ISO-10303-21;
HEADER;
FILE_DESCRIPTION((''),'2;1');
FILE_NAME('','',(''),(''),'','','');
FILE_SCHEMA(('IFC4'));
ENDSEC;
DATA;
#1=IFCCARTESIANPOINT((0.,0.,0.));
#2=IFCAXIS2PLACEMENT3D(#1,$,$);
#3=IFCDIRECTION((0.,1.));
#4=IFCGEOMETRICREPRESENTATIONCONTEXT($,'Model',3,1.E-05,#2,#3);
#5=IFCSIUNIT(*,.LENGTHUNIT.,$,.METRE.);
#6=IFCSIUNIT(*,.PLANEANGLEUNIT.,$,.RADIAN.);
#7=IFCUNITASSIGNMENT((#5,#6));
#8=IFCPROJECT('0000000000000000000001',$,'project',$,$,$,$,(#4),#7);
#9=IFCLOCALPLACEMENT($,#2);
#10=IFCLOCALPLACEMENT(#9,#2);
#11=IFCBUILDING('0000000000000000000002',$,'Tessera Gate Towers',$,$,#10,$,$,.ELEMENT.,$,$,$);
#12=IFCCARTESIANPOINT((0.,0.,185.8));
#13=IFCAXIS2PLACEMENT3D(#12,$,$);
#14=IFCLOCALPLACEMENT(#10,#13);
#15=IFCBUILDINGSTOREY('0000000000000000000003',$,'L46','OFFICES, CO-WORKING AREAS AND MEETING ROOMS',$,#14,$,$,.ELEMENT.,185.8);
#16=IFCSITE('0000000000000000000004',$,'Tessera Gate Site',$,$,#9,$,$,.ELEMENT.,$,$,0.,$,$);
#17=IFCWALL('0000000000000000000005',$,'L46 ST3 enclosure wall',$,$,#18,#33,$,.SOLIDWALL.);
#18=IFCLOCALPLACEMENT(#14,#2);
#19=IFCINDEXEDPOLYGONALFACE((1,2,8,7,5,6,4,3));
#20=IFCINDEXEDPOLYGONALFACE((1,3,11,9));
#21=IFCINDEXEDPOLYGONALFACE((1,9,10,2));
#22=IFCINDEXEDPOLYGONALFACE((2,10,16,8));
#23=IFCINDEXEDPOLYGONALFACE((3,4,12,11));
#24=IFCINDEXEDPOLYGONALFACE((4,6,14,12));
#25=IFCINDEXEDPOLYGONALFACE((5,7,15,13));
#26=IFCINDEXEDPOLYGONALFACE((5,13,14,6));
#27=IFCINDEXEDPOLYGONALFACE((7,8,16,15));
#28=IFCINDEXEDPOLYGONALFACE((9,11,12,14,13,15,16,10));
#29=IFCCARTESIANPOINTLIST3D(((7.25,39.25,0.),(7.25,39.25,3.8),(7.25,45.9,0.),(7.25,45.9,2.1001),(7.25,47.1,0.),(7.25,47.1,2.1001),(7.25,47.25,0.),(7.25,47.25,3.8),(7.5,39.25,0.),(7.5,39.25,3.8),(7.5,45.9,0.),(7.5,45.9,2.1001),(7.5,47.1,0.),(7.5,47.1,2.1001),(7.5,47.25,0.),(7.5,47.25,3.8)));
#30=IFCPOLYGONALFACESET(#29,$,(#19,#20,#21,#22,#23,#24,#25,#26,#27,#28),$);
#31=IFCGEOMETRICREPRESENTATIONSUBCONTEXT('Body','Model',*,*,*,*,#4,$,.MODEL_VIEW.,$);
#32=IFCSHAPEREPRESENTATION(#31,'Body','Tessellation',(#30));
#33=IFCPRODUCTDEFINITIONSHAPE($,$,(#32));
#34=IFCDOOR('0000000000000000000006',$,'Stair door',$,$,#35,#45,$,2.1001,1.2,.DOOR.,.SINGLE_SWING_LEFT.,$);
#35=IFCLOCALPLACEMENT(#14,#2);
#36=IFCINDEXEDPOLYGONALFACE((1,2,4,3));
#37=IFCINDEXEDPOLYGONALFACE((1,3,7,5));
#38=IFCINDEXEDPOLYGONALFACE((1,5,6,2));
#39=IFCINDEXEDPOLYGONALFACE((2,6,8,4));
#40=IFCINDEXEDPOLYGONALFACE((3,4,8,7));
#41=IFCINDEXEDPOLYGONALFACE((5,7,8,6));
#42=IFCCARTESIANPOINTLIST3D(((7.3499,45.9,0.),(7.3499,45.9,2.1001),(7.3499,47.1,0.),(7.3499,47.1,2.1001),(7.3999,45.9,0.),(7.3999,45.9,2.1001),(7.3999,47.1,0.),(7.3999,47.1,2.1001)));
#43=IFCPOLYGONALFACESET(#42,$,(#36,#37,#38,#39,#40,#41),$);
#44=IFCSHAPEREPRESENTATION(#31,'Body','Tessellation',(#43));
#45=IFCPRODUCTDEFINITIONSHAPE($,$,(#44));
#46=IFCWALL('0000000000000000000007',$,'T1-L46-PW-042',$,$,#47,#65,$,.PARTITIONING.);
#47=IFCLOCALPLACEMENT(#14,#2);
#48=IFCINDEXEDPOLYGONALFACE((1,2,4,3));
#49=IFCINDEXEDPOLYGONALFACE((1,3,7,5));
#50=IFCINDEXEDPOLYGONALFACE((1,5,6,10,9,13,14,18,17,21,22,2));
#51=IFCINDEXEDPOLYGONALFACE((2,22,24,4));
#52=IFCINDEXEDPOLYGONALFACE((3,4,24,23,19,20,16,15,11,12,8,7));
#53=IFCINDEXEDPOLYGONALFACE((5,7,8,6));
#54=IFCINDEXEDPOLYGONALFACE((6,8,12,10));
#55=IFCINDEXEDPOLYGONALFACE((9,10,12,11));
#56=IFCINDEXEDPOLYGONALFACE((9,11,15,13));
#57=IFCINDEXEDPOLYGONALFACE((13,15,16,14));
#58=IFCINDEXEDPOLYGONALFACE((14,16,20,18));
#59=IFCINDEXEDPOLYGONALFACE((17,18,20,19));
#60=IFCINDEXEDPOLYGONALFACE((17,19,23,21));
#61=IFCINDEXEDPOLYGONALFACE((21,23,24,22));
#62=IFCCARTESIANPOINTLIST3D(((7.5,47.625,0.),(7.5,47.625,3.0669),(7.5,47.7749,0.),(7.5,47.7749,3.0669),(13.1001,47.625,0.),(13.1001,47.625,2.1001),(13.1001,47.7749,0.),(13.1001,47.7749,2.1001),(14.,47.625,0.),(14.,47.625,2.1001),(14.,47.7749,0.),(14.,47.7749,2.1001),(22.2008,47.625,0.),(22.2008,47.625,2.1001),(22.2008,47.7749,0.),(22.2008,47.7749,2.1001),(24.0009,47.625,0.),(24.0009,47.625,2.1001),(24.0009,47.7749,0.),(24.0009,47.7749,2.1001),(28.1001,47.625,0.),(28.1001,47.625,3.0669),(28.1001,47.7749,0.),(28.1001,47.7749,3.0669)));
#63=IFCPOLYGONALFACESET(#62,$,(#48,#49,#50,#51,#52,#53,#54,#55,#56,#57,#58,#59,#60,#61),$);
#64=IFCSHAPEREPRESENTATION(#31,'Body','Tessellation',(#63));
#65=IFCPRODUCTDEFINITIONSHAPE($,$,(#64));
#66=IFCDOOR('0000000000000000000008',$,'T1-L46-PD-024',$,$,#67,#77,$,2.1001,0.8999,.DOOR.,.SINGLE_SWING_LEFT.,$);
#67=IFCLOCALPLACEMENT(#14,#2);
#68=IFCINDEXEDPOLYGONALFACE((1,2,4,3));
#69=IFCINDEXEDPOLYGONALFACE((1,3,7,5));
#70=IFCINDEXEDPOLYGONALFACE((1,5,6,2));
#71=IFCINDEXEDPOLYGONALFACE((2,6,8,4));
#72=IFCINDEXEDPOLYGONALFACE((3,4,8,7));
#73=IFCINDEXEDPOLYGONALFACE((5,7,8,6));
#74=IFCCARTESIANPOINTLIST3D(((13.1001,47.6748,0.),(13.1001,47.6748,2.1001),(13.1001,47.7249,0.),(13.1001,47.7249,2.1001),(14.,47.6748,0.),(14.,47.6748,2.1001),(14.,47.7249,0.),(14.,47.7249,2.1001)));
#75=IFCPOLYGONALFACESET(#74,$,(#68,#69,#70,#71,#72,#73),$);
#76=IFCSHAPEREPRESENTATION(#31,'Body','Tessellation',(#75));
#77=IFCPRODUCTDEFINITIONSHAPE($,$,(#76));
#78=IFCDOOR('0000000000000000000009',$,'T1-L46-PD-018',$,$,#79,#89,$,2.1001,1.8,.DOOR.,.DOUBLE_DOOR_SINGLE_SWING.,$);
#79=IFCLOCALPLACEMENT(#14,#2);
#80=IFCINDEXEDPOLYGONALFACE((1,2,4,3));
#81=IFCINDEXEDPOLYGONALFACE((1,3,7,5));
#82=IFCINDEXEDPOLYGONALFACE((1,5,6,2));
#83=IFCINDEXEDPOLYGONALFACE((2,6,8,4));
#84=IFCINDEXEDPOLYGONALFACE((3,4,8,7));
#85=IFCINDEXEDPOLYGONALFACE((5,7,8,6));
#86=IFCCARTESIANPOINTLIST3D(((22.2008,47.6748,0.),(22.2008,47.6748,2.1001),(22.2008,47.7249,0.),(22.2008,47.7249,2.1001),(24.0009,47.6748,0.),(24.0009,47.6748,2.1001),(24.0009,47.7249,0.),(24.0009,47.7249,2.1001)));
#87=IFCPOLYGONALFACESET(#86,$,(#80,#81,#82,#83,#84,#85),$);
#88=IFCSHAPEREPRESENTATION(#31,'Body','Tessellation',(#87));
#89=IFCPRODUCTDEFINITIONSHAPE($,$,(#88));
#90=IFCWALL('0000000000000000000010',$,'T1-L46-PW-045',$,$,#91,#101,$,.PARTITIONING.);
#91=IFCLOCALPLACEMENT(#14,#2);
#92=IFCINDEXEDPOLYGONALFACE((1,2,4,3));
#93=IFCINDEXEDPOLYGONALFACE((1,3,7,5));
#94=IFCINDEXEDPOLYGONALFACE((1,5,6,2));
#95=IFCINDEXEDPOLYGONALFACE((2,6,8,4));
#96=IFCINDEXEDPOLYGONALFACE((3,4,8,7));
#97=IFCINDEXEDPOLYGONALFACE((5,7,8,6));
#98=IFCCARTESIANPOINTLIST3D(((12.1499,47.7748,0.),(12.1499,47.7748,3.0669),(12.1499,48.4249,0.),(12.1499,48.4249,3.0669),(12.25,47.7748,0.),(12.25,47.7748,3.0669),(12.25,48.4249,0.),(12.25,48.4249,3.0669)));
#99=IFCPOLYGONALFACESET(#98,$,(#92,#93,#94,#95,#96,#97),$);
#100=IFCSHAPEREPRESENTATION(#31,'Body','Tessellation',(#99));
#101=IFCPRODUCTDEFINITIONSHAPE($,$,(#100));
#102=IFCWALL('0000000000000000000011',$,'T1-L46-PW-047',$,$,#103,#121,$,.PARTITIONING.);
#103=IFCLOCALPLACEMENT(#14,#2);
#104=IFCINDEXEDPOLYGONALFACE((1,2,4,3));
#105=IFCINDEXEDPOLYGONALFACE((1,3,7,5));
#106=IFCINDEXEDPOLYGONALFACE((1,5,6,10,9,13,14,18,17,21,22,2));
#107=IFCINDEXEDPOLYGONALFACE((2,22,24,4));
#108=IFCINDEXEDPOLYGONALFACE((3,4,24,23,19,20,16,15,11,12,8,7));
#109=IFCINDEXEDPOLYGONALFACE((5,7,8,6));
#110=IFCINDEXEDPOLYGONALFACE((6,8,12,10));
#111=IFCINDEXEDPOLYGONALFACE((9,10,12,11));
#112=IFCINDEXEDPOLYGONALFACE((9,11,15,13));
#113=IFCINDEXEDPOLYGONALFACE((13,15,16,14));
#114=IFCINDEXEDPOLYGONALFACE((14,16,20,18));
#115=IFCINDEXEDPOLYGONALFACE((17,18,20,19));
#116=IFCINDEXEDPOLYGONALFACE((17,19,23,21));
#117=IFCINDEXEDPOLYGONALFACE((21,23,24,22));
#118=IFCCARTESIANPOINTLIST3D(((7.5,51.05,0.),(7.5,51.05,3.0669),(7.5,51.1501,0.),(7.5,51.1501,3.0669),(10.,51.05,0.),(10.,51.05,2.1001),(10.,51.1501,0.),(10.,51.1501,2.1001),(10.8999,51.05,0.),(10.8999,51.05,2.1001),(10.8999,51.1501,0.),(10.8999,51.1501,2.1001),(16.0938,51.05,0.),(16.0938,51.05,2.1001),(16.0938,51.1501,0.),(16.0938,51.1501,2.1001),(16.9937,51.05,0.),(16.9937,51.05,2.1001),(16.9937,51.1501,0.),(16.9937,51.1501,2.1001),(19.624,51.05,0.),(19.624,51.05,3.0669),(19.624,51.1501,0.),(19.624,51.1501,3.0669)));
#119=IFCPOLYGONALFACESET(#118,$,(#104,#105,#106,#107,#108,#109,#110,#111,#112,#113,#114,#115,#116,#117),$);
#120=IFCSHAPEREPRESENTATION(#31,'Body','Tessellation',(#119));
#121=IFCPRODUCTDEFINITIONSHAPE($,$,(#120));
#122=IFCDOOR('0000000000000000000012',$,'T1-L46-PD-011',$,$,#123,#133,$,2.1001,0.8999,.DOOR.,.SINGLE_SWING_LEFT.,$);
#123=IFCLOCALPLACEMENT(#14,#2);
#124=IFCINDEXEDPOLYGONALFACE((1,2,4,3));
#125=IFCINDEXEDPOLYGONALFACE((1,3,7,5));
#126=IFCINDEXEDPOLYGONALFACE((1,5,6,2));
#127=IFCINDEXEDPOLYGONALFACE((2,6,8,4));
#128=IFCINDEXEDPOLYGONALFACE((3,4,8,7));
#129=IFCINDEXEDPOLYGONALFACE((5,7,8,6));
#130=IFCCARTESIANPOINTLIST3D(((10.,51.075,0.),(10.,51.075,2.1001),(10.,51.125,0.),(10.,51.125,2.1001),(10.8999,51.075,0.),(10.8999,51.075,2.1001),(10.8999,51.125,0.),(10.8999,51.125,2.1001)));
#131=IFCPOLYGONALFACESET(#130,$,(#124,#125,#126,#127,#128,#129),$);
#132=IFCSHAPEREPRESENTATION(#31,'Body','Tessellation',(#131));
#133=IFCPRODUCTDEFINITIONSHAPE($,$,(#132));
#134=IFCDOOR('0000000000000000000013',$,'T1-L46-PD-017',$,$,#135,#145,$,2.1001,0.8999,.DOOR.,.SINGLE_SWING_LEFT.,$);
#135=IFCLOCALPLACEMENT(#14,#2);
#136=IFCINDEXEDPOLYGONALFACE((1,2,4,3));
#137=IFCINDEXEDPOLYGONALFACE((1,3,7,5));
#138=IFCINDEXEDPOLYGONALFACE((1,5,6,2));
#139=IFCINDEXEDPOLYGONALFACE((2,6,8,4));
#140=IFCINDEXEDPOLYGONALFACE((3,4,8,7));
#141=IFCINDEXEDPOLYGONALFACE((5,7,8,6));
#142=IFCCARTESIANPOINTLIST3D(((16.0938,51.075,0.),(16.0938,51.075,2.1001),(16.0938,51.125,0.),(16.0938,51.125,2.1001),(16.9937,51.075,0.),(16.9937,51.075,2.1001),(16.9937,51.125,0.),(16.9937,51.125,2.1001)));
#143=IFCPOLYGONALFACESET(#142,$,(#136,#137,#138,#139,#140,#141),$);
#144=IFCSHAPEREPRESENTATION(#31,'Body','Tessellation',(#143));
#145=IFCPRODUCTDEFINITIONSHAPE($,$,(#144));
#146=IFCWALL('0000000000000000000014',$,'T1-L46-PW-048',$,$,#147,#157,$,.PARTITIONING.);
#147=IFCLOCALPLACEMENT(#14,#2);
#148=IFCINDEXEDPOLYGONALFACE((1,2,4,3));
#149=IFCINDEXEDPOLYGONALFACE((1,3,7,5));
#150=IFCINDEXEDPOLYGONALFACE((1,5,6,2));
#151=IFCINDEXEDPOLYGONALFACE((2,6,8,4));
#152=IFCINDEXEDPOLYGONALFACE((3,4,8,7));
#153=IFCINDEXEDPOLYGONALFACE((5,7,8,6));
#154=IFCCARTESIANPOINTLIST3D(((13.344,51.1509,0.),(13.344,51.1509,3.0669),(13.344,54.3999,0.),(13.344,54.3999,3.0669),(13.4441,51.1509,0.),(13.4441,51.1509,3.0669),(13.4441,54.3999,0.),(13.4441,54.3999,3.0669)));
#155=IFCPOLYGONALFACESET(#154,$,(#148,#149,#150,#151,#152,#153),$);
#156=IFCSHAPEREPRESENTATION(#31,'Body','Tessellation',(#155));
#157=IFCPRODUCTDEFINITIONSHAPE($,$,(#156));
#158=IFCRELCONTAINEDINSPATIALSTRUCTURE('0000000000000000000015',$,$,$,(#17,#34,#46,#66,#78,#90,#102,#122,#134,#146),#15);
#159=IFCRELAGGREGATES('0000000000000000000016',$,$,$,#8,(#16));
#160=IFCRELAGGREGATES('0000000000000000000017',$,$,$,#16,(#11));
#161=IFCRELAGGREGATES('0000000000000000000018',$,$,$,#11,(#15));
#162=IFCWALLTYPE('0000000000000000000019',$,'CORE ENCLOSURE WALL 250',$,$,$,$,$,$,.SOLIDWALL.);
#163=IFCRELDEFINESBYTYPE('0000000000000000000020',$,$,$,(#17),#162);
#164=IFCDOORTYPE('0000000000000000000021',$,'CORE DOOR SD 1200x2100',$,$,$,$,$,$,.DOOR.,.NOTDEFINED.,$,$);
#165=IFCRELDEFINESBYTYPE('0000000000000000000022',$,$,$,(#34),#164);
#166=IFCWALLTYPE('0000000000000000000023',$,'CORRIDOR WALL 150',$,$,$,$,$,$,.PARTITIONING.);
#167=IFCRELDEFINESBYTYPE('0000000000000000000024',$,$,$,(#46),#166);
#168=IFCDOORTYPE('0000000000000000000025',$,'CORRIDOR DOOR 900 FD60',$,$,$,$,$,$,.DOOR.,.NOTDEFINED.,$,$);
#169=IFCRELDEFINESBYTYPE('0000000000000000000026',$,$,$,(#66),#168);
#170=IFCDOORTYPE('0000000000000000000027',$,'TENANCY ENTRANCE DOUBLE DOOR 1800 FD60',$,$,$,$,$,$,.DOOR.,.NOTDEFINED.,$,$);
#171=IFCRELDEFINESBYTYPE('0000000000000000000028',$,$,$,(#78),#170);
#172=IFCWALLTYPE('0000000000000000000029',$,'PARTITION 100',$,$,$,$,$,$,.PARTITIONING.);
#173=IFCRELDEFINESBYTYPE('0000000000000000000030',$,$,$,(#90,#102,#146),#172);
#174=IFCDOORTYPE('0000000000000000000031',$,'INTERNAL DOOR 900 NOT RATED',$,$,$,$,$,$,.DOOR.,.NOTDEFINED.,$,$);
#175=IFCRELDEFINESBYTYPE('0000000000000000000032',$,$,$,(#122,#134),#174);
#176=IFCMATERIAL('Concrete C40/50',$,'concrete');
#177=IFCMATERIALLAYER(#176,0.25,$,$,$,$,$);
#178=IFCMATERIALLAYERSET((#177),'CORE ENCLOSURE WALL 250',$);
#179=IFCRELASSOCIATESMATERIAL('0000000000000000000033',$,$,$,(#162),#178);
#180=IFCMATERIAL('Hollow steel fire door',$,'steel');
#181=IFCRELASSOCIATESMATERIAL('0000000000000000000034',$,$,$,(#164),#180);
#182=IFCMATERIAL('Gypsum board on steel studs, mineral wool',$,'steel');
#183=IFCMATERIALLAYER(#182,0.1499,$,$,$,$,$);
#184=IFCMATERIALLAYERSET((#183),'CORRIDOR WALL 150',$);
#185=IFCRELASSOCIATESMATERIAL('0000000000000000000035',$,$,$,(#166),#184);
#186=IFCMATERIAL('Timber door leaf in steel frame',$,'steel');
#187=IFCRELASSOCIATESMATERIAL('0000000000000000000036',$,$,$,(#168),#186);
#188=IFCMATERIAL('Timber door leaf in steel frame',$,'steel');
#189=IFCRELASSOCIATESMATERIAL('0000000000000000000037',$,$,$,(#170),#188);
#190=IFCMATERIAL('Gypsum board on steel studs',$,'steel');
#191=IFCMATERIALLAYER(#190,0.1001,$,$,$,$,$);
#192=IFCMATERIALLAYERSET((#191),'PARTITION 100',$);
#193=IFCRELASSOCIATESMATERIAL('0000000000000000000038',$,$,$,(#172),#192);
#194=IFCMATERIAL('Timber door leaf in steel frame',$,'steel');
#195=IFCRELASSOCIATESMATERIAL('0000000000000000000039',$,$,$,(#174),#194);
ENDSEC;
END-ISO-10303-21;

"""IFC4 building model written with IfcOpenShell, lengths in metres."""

from ifc_helpers import new_model, si_unit, direction, frame, frame_2d, origin, place, context, subcontext, project, spatial, rectangle, extrude, source, transform, mapped, material, layer, layer_set, type_object, element, fill, save


model = new_model("IFC4")

# Units and contexts
model_context = context("Model", 3, precision=1e-05, world=origin(), true_north=direction((0.0, 1.0)))
body_context = subcontext(model_context, "Body", "Model", "MODEL_VIEW")
ifc_project = project(units=[si_unit("LENGTHUNIT", "METRE"), si_unit("PLANEANGLEUNIT", "RADIAN")], contexts=[model_context])

# Site, building, storey
site_placement = place(None, origin())
site = spatial("IfcSite", under=ifc_project, at=site_placement, Name="Tessera Gate Site", CompositionType="ELEMENT", RefElevation=0.0)
building_placement = place(site_placement, origin())
building = spatial("IfcBuilding", under=site, at=building_placement, Name="Tessera Gate Towers", CompositionType="ELEMENT")
storey_placement = place(building_placement, frame((0.0, 0.0, 185.8)))
storey = spatial("IfcBuildingStorey", under=building, at=storey_placement, Name="L46", Description="OFFICES, CO-WORKING AREAS AND MEETING ROOMS", CompositionType="ELEMENT", Elevation=185.8)

# Shared definitions
ifc_material_1 = material(Name="Concrete C40/50", Category="concrete")
ifc_layer_1 = layer(ifc_material_1, 0.25)
ifc_layer_set_1 = layer_set([ifc_layer_1], Name="CORE ENCLOSURE WALL 250")
wall_type_1 = type_object("IfcWallType", Name="CORE ENCLOSURE WALL 250", PredefinedType="SOLIDWALL", material=ifc_layer_set_1)

# Wall, opening, door
wall_1_placement = place(storey_placement, frame((7.375, 47.25, 0.0), z_axis=(0.0, 0.0, 1.0), x_axis=(0.0, -1.0, 0.0)))
wall_1 = element("IfcWall", 1, at=wall_1_placement, inside=storey, type_object=wall_type_1, Name="L46 ST3 enclosure wall", PredefinedType="SOLIDWALL", context=body_context, shape_type="SweptSolid", body=[
    extrude(rectangle(XDim=8.0, YDim=0.25, at=frame_2d((4.0, 0.0))), origin(), (0.0, 0.0, 1.0), 3.8),
])
shared_shape_1 = source(origin(), body_context, "Body", "SweptSolid", [
    extrude(rectangle(XDim=1.2, YDim=2.1001, at=frame_2d((0.6001, 1.05))), frame((0.0, 0.135, 0.0), z_axis=(0.0, -1.0, 0.0), x_axis=(1.0, 0.0, 0.0)), (0.0, 0.0, 1.0), 0.27),
])
opening_1_placement = place(wall_1_placement, frame((0.1499, 0.0, 0.0)))
opening_1 = element("IfcOpeningElement", 2, at=opening_1_placement, cuts=wall_1, PredefinedType="OPENING", context=body_context, shape_type="MappedRepresentation", body=[
    mapped(shared_shape_1, transform((0.0, 0.0, 0.0), scale=1.0)),
])
ifc_material_2 = material(Name="Hollow steel fire door", Category="steel")
door_type_1 = type_object("IfcDoorType", Name="CORE DOOR SD 1200x2100", OperationType="NOTDEFINED", PredefinedType="DOOR", material=ifc_material_2)
shared_shape_2 = source(origin(), body_context, "Body", "SweptSolid", [
    extrude(rectangle(XDim=1.2, YDim=2.1001, at=frame_2d((0.6001, 1.05))), frame((0.0, 0.0249, 0.0), z_axis=(0.0, -1.0, 0.0), x_axis=(1.0, 0.0, 0.0)), (0.0, 0.0, 1.0), 0.05),
])
door_1_placement = place(opening_1_placement, origin())
door_1 = element("IfcDoor", 3, at=door_1_placement, inside=storey, type_object=door_type_1, Name="Stair door", OperationType="SINGLE_SWING_LEFT", OverallHeight=2.1001, OverallWidth=1.2, PredefinedType="DOOR", context=body_context, shape_type="MappedRepresentation", body=[
    mapped(shared_shape_2, transform((0.0, 0.0, 0.0), scale=1.0)),
])
fill(opening_1, door_1)

# Wall, openings, doors
ifc_material_3 = material(Name="Gypsum board on steel studs, mineral wool", Category="steel")
ifc_layer_2 = layer(ifc_material_3, 0.1499)
ifc_layer_set_2 = layer_set([ifc_layer_2], Name="CORRIDOR WALL 150")
wall_type_2 = type_object("IfcWallType", Name="CORRIDOR WALL 150", PredefinedType="PARTITIONING", material=ifc_layer_set_2)
wall_2_placement = place(storey_placement, frame((7.5, 47.7, 0.0), z_axis=(0.0, 0.0, 1.0), x_axis=(1.0, 0.0, 0.0)))
wall_2 = element("IfcWall", 4, at=wall_2_placement, inside=storey, type_object=wall_type_2, Name="T1-L46-PW-042", PredefinedType="PARTITIONING", context=body_context, shape_type="SweptSolid", body=[
    extrude(rectangle(XDim=20.6001, YDim=0.1499, at=frame_2d((10.3, 0.0))), origin(), (0.0, 0.0, 1.0), 3.0669),
])
shared_shape_3 = source(origin(), body_context, "Body", "SweptSolid", [
    extrude(rectangle(XDim=1.8, YDim=2.1001, at=frame_2d((0.8999, 1.05))), frame((0.0, 0.085, 0.0), z_axis=(0.0, -1.0, 0.0), x_axis=(1.0, 0.0, 0.0)), (0.0, 0.0, 1.0), 0.1699),
])
opening_2_placement = place(wall_2_placement, frame((14.7009, 0.0, 0.0)))
opening_2 = element("IfcOpeningElement", 5, at=opening_2_placement, cuts=wall_2, PredefinedType="OPENING", context=body_context, shape_type="MappedRepresentation", body=[
    mapped(shared_shape_3, transform((0.0, 0.0, 0.0), scale=1.0)),
])
shared_shape_4 = source(origin(), body_context, "Body", "SweptSolid", [
    extrude(rectangle(XDim=0.8999, YDim=2.1001, at=frame_2d((0.45, 1.05))), frame((0.0, 0.085, 0.0), z_axis=(0.0, -1.0, 0.0), x_axis=(1.0, 0.0, 0.0)), (0.0, 0.0, 1.0), 0.1699),
])
opening_3_placement = place(wall_2_placement, frame((5.6001, 0.0, 0.0)))
opening_3 = element("IfcOpeningElement", 6, at=opening_3_placement, cuts=wall_2, PredefinedType="OPENING", context=body_context, shape_type="MappedRepresentation", body=[
    mapped(shared_shape_4, transform((0.0, 0.0, 0.0), scale=1.0)),
])
ifc_material_4 = material(Name="Timber door leaf in steel frame", Category="steel")
door_type_2 = type_object("IfcDoorType", Name="CORRIDOR DOOR 900 FD60", OperationType="NOTDEFINED", PredefinedType="DOOR", material=ifc_material_4)
shared_shape_5 = source(origin(), body_context, "Body", "SweptSolid", [
    extrude(rectangle(XDim=0.8999, YDim=2.1001, at=frame_2d((0.45, 1.05))), frame((0.0, 0.0249, 0.0), z_axis=(0.0, -1.0, 0.0), x_axis=(1.0, 0.0, 0.0)), (0.0, 0.0, 1.0), 0.05),
])
door_2_placement = place(opening_3_placement, origin())
door_2 = element("IfcDoor", 7, at=door_2_placement, inside=storey, type_object=door_type_2, Name="T1-L46-PD-024", OperationType="SINGLE_SWING_LEFT", OverallHeight=2.1001, OverallWidth=0.8999, PredefinedType="DOOR", context=body_context, shape_type="MappedRepresentation", body=[
    mapped(shared_shape_5, transform((0.0, 0.0, 0.0), scale=1.0)),
])
fill(opening_3, door_2)
ifc_material_5 = material(Name="Timber door leaf in steel frame", Category="steel")
door_type_3 = type_object("IfcDoorType", Name="TENANCY ENTRANCE DOUBLE DOOR 1800 FD60", OperationType="NOTDEFINED", PredefinedType="DOOR", material=ifc_material_5)
shared_shape_6 = source(origin(), body_context, "Body", "SweptSolid", [
    extrude(rectangle(XDim=1.8, YDim=2.1001, at=frame_2d((0.8999, 1.05))), frame((0.0, 0.0249, 0.0), z_axis=(0.0, -1.0, 0.0), x_axis=(1.0, 0.0, 0.0)), (0.0, 0.0, 1.0), 0.05),
])
door_3_placement = place(opening_2_placement, origin())
door_3 = element("IfcDoor", 8, at=door_3_placement, inside=storey, type_object=door_type_3, Name="T1-L46-PD-018", OperationType="DOUBLE_DOOR_SINGLE_SWING", OverallHeight=2.1001, OverallWidth=1.8, PredefinedType="DOOR", context=body_context, shape_type="MappedRepresentation", body=[
    mapped(shared_shape_6, transform((0.0, 0.0, 0.0), scale=1.0)),
])
fill(opening_2, door_3)

# Wall
ifc_material_6 = material(Name="Gypsum board on steel studs", Category="steel")
ifc_layer_3 = layer(ifc_material_6, 0.1001)
ifc_layer_set_3 = layer_set([ifc_layer_3], Name="PARTITION 100")
wall_type_3 = type_object("IfcWallType", Name="PARTITION 100", PredefinedType="PARTITIONING", material=ifc_layer_set_3)
wall_3_placement = place(storey_placement, frame((12.2, 48.425, 0.0), z_axis=(0.0, 0.0, 1.0), x_axis=(0.0, -1.0, 0.0)))
element("IfcWall", 9, at=wall_3_placement, inside=storey, type_object=wall_type_3, Name="T1-L46-PW-045", PredefinedType="PARTITIONING", context=body_context, shape_type="SweptSolid", body=[
    extrude(rectangle(XDim=0.6501, YDim=0.1001, at=frame_2d((0.3252, 0.0))), origin(), (0.0, 0.0, 1.0), 3.0669),
])

# Wall, openings, doors
wall_4_placement = place(storey_placement, frame((7.5, 51.1001, 0.0), z_axis=(0.0, 0.0, 1.0), x_axis=(1.0, 0.0, 0.0)))
wall_4 = element("IfcWall", 10, at=wall_4_placement, inside=storey, type_object=wall_type_3, Name="T1-L46-PW-047", PredefinedType="PARTITIONING", context=body_context, shape_type="SweptSolid", body=[
    extrude(rectangle(XDim=12.124, YDim=0.1001, at=frame_2d((6.062, 0.0))), origin(), (0.0, 0.0, 1.0), 3.0669),
])
shared_shape_7 = source(origin(), body_context, "Body", "SweptSolid", [
    extrude(rectangle(XDim=0.8999, YDim=2.1001, at=frame_2d((0.45, 1.05))), frame((0.0, 0.0601, 0.0), z_axis=(0.0, -1.0, 0.0), x_axis=(1.0, 0.0, 0.0)), (0.0, 0.0, 1.0), 0.1201),
])
opening_4_placement = place(wall_4_placement, frame((2.5, 0.0, 0.0)))
opening_4 = element("IfcOpeningElement", 11, at=opening_4_placement, cuts=wall_4, PredefinedType="OPENING", context=body_context, shape_type="MappedRepresentation", body=[
    mapped(shared_shape_7, transform((0.0, 0.0, 0.0), scale=1.0)),
])
opening_5_placement = place(wall_4_placement, frame((8.5938, 0.0, 0.0)))
opening_5 = element("IfcOpeningElement", 12, at=opening_5_placement, cuts=wall_4, PredefinedType="OPENING", context=body_context, shape_type="MappedRepresentation", body=[
    mapped(shared_shape_7, transform((0.0, 0.0, 0.0), scale=1.0)),
])
ifc_material_7 = material(Name="Timber door leaf in steel frame", Category="steel")
door_type_4 = type_object("IfcDoorType", Name="INTERNAL DOOR 900 NOT RATED", OperationType="NOTDEFINED", PredefinedType="DOOR", material=ifc_material_7)
door_4_placement = place(opening_4_placement, origin())
door_4 = element("IfcDoor", 13, at=door_4_placement, inside=storey, type_object=door_type_4, Name="T1-L46-PD-011", OperationType="SINGLE_SWING_LEFT", OverallHeight=2.1001, OverallWidth=0.8999, PredefinedType="DOOR", context=body_context, shape_type="MappedRepresentation", body=[
    mapped(shared_shape_5, transform((0.0, 0.0, 0.0), scale=1.0)),
])
fill(opening_4, door_4)
door_5_placement = place(opening_5_placement, origin())
door_5 = element("IfcDoor", 14, at=door_5_placement, inside=storey, type_object=door_type_4, Name="T1-L46-PD-017", OperationType="SINGLE_SWING_LEFT", OverallHeight=2.1001, OverallWidth=0.8999, PredefinedType="DOOR", context=body_context, shape_type="MappedRepresentation", body=[
    mapped(shared_shape_5, transform((0.0, 0.0, 0.0), scale=1.0)),
])
fill(opening_5, door_5)

# Wall
wall_5_placement = place(storey_placement, frame((13.394, 51.1509, 0.0), z_axis=(0.0, 0.0, 1.0), x_axis=(0.0, 1.0, 0.0)))
element("IfcWall", 15, at=wall_5_placement, inside=storey, type_object=wall_type_3, Name="T1-L46-PW-048", PredefinedType="PARTITIONING", context=body_context, shape_type="SweptSolid", body=[
    extrude(rectangle(XDim=3.249, YDim=0.1001, at=frame_2d((1.6245, 0.0))), origin(), (0.0, 0.0, 1.0), 3.0669),
])

save(model, "model.ifc")
